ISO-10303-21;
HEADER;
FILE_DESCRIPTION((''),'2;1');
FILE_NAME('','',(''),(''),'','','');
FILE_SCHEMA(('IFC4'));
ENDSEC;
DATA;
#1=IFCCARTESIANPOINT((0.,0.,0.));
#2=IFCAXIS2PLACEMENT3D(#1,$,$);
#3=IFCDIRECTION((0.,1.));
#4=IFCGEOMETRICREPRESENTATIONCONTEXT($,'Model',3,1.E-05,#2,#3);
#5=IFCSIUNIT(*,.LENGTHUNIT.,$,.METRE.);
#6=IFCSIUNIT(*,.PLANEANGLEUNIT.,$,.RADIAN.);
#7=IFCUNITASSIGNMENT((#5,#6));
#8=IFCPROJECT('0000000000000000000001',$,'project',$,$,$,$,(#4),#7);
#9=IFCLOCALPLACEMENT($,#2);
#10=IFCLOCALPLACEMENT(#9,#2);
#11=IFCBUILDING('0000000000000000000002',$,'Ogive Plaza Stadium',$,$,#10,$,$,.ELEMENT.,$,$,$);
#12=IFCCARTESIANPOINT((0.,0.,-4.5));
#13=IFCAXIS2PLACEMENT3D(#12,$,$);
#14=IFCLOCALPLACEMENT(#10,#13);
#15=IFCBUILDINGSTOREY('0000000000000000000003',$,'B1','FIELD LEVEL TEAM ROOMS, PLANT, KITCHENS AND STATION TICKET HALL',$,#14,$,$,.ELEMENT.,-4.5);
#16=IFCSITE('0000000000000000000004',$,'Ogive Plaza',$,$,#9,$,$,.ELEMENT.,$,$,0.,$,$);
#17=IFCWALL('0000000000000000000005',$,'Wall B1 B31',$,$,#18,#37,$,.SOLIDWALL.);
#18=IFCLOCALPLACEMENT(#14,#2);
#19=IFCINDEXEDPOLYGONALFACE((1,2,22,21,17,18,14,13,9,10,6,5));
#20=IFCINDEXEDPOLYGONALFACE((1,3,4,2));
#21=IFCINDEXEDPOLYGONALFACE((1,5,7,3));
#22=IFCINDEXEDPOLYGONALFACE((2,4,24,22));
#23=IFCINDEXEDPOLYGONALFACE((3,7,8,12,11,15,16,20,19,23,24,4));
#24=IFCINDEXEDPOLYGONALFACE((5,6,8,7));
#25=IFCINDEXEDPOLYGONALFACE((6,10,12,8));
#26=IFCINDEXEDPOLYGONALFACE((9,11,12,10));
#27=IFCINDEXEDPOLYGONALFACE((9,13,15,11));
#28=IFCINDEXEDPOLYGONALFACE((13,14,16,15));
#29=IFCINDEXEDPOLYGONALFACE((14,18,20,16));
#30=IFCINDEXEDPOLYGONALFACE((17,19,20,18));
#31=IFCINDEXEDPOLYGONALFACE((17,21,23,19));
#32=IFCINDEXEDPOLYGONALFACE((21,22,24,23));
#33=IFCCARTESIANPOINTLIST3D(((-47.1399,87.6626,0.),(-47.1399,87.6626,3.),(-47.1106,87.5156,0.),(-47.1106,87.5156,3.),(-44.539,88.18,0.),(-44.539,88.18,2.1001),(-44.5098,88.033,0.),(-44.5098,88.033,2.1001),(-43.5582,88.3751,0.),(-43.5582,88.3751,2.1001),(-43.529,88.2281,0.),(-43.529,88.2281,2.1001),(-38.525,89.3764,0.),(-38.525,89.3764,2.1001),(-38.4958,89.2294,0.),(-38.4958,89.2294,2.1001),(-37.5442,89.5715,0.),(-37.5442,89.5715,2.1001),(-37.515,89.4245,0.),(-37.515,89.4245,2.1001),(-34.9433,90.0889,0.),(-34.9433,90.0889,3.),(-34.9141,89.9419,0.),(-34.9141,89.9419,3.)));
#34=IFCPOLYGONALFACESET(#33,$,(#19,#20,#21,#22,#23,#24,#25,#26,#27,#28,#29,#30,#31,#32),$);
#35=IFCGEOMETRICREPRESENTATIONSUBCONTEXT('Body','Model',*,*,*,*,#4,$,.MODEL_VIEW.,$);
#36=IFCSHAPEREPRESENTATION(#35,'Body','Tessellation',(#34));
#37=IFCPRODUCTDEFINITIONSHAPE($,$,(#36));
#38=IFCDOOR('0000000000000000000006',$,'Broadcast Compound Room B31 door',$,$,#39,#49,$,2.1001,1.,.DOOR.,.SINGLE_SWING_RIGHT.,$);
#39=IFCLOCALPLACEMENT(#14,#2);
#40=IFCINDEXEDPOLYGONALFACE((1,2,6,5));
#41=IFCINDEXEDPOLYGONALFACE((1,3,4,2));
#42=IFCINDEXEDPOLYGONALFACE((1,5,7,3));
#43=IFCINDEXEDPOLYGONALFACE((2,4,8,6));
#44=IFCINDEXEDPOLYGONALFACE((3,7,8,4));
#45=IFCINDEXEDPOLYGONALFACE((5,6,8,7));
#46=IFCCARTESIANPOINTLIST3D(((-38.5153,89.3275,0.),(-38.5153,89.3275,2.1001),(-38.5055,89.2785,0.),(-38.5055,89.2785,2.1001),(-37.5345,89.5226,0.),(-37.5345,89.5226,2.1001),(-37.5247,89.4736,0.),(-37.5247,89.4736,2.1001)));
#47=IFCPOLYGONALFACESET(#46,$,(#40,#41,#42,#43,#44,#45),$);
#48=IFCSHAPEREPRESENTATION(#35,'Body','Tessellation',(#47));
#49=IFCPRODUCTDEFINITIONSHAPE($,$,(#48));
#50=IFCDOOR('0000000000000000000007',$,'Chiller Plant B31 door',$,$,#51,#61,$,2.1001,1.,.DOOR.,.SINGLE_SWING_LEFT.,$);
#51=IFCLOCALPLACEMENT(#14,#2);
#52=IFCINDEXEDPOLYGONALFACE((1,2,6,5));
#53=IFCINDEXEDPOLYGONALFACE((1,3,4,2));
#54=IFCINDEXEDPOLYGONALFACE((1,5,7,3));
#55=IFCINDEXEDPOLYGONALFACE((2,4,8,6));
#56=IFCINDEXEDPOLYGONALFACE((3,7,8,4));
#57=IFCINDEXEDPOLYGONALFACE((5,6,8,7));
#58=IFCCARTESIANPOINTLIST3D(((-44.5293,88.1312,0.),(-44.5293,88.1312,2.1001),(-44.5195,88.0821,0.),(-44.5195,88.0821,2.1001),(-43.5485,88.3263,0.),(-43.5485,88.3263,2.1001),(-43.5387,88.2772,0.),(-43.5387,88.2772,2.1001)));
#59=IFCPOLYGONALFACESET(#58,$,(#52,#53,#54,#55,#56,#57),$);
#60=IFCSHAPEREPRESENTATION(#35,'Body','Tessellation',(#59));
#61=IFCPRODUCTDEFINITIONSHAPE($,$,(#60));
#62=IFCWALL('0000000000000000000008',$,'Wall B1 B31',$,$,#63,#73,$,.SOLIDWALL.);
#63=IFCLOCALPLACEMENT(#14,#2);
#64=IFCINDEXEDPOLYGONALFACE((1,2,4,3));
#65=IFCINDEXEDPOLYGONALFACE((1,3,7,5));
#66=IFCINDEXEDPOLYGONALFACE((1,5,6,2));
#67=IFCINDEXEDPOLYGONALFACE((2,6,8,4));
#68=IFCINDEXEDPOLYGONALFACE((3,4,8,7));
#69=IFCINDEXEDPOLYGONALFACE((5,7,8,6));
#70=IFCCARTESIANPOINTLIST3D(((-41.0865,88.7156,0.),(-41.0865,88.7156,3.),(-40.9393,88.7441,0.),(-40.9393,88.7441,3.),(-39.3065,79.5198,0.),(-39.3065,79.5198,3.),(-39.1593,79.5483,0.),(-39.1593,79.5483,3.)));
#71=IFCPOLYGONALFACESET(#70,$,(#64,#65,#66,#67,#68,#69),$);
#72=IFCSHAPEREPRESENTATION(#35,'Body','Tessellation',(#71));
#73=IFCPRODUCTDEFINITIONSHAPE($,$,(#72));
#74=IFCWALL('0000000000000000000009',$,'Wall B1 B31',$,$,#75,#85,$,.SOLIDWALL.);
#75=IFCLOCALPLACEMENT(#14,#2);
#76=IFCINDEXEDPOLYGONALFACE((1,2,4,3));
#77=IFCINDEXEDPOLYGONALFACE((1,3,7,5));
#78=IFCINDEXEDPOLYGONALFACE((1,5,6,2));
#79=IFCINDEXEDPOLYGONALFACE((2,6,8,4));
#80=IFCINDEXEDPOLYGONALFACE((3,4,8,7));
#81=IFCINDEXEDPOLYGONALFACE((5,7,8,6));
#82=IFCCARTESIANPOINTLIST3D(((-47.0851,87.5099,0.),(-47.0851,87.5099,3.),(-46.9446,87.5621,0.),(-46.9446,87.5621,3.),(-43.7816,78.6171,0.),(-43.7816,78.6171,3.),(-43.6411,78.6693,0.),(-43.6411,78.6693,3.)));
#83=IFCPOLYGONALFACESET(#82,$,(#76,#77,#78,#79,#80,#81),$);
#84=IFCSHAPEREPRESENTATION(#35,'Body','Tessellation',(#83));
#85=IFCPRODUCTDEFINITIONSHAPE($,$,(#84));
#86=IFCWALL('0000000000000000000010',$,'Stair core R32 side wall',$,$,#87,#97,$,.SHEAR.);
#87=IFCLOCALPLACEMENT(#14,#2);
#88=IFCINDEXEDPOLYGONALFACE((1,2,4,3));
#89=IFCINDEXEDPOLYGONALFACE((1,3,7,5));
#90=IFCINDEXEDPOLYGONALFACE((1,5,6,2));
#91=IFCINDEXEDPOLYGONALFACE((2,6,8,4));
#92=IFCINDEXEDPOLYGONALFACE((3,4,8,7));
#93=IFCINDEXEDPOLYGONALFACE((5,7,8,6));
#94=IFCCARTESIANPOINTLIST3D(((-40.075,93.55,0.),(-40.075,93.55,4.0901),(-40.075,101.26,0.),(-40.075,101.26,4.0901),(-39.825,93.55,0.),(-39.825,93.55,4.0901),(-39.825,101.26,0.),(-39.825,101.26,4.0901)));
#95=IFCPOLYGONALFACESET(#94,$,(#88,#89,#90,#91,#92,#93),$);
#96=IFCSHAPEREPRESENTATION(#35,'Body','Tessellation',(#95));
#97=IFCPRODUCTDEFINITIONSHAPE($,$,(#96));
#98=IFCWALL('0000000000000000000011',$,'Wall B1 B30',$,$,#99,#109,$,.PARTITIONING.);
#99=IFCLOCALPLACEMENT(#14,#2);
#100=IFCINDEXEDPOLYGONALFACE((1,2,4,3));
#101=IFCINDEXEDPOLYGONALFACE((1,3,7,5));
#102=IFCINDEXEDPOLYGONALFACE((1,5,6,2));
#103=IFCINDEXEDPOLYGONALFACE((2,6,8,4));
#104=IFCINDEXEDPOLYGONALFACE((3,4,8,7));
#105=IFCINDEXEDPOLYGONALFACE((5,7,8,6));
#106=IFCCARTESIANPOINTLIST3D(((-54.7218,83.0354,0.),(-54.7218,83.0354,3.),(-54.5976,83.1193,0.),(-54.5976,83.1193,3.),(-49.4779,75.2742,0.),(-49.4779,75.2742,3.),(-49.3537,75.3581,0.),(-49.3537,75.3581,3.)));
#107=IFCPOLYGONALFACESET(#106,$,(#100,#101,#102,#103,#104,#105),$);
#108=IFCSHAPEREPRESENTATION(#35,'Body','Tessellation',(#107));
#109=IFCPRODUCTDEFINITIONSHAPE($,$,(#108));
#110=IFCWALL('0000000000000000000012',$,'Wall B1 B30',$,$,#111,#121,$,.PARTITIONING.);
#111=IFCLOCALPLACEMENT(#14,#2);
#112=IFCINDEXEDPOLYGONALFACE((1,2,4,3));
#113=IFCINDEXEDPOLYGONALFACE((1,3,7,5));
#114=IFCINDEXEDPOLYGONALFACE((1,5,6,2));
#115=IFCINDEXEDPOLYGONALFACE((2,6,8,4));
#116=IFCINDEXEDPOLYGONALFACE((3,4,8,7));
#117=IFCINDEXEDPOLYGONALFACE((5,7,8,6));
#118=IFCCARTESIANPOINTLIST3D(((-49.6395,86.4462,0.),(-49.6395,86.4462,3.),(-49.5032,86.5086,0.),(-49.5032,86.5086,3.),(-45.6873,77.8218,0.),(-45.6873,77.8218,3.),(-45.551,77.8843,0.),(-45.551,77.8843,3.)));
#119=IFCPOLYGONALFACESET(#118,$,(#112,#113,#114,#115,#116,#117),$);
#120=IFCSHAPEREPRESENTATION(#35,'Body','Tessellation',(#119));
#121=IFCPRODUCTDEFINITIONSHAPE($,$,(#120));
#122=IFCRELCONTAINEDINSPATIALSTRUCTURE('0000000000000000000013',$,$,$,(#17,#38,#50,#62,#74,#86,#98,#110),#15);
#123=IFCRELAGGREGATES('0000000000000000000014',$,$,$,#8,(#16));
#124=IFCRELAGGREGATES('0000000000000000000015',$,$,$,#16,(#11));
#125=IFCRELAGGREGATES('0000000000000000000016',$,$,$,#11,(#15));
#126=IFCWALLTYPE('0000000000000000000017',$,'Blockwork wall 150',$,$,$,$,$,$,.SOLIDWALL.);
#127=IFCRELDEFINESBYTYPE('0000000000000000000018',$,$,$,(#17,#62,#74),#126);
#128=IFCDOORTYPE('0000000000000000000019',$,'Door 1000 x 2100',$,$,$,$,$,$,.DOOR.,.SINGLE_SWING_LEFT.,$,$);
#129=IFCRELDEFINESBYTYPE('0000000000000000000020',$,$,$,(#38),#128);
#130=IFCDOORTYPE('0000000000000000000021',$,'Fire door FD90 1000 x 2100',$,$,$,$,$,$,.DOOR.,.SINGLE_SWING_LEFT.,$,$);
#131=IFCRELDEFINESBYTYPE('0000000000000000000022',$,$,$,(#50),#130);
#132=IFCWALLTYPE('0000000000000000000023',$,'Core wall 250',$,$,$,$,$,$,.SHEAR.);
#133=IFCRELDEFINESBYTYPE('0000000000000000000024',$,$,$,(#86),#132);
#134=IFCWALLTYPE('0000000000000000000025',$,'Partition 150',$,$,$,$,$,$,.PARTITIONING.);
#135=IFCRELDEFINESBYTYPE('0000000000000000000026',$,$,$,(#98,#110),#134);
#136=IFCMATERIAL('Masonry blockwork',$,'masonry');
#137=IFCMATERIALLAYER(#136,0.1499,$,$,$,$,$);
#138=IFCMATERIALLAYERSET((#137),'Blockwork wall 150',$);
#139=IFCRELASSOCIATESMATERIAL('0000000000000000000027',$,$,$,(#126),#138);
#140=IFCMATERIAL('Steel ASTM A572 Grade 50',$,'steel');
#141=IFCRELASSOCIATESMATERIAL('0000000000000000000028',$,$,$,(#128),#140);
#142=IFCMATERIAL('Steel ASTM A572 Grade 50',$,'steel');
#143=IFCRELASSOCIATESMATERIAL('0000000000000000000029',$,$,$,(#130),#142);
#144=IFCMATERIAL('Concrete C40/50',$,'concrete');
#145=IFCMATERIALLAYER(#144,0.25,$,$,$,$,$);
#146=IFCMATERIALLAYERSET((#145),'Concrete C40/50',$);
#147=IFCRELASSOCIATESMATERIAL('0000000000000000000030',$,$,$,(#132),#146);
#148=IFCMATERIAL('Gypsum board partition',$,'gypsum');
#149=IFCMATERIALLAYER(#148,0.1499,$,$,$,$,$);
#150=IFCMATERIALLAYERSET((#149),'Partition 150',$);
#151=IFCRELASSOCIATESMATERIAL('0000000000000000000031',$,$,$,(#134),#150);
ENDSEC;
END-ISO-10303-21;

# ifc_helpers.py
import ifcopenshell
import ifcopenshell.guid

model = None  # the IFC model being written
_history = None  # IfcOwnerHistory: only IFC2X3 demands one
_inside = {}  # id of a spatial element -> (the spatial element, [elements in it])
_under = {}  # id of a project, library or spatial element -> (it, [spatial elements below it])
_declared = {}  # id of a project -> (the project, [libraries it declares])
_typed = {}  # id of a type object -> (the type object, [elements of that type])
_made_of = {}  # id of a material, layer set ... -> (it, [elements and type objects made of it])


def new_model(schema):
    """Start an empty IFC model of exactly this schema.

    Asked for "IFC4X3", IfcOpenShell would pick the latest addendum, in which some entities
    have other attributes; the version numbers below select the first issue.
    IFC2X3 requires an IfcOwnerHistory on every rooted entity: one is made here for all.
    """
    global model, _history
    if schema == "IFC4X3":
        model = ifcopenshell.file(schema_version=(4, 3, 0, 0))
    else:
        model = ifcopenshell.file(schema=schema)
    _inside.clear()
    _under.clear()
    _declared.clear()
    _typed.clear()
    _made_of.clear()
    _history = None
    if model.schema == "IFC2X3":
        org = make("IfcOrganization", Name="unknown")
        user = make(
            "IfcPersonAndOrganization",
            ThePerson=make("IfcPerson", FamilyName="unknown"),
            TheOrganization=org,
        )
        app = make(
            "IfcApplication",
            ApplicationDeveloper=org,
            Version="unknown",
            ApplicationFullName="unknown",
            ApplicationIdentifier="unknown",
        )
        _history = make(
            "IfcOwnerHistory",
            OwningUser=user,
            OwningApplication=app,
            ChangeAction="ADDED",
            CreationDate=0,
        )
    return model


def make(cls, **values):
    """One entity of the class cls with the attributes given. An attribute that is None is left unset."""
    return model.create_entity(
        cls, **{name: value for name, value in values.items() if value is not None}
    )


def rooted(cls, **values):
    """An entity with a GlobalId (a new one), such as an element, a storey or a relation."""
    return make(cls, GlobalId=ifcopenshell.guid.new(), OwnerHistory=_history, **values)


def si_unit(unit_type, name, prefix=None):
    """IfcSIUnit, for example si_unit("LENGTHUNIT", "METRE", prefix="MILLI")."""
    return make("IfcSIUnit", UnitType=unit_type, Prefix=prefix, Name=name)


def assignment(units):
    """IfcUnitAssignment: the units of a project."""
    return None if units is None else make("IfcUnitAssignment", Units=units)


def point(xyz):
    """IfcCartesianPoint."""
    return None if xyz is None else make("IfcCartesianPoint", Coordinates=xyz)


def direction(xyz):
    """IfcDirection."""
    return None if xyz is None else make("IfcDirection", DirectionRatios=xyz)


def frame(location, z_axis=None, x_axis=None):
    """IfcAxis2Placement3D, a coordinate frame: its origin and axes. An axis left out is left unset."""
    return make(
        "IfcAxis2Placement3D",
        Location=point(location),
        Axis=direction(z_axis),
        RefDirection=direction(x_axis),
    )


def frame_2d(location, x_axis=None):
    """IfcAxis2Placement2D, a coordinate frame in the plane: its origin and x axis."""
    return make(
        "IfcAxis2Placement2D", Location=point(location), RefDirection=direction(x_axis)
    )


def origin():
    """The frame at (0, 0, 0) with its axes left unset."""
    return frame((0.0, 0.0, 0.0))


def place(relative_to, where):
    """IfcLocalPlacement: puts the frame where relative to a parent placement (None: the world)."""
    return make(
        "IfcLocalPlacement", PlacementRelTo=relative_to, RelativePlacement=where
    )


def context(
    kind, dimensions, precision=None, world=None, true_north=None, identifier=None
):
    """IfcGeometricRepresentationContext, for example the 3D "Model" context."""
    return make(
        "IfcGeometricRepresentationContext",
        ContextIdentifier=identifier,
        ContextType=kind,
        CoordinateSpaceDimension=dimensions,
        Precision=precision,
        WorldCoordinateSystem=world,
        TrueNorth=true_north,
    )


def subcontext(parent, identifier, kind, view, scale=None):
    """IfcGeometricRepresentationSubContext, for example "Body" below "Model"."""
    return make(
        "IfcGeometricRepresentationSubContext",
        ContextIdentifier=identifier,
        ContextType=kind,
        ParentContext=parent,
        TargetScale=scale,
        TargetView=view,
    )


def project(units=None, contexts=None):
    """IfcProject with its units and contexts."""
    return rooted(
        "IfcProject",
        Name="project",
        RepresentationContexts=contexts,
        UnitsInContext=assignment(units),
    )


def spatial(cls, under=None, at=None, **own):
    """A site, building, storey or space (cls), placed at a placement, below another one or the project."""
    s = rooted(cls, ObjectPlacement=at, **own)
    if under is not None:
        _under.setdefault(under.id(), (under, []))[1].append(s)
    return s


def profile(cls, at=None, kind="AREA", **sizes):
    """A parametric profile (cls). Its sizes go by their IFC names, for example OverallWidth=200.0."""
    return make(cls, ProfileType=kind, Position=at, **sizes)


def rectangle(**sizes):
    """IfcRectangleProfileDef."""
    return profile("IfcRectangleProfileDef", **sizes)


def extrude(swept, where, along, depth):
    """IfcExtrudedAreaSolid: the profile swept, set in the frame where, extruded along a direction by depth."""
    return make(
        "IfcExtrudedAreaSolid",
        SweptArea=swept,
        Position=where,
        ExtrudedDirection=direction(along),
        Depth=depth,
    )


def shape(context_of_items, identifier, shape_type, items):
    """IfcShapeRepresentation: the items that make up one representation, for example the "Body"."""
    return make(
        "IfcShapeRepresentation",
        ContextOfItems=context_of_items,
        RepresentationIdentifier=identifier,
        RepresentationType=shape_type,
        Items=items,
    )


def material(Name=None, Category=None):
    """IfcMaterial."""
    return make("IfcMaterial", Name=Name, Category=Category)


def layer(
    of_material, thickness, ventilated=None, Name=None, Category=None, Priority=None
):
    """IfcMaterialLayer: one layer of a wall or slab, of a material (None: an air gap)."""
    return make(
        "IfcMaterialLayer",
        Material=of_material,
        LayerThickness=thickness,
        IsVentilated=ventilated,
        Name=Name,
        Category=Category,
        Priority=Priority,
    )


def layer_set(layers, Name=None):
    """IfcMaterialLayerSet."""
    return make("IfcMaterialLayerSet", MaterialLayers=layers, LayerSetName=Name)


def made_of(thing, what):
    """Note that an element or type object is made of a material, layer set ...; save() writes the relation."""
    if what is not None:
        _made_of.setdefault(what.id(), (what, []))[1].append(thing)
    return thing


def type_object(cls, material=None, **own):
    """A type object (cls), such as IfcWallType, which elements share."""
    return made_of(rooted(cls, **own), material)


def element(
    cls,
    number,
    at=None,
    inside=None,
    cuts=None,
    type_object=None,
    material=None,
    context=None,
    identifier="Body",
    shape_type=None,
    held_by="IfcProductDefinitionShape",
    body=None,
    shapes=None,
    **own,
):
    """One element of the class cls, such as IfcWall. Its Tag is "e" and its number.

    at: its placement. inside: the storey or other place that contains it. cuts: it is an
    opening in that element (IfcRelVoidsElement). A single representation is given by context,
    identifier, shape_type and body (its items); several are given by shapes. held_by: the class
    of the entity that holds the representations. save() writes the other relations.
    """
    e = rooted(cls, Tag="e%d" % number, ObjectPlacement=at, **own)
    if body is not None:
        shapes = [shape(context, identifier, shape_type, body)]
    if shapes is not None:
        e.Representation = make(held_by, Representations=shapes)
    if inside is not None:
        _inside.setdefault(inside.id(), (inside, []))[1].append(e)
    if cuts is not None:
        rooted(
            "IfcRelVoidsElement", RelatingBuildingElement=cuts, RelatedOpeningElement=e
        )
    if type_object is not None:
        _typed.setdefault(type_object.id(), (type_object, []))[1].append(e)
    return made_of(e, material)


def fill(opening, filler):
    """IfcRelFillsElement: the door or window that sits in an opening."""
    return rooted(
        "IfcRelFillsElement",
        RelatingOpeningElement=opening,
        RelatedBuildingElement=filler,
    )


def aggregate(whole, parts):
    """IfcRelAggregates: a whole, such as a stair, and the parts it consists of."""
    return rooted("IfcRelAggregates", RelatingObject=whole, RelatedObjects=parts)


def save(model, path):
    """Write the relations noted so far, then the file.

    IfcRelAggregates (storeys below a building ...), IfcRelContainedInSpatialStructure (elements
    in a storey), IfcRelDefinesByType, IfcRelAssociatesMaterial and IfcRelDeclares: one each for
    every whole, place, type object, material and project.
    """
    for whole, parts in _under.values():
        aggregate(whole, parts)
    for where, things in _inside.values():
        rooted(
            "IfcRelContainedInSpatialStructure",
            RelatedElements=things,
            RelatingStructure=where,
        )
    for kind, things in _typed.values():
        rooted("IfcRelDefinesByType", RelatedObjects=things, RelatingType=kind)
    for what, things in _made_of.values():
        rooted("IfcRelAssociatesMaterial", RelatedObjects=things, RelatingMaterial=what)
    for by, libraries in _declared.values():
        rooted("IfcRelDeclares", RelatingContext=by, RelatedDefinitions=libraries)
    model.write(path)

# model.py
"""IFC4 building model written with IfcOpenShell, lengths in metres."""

from ifc_helpers import new_model, si_unit, direction, frame, frame_2d, origin, place, context, subcontext, project, spatial, rectangle, extrude, material, layer, layer_set, type_object, element, fill, save


model = new_model("IFC4")

# Units and contexts
model_context = context("Model", 3, precision=1e-05, world=origin(), true_north=direction((0.0, 1.0)))
body_context = subcontext(model_context, "Body", "Model", "MODEL_VIEW")
ifc_project = project(units=[si_unit("LENGTHUNIT", "METRE"), si_unit("PLANEANGLEUNIT", "RADIAN")], contexts=[model_context])

# Site, building, storey
site_placement = place(None, origin())
site = spatial("IfcSite", under=ifc_project, at=site_placement, Name="Ogive Plaza", CompositionType="ELEMENT", RefElevation=0.0)
building_placement = place(site_placement, origin())
building = spatial("IfcBuilding", under=site, at=building_placement, Name="Ogive Plaza Stadium", CompositionType="ELEMENT")
storey_placement = place(building_placement, frame((0.0, 0.0, -4.5)))
storey = spatial("IfcBuildingStorey", under=building, at=storey_placement, Name="B1", Description="FIELD LEVEL TEAM ROOMS, PLANT, KITCHENS AND STATION TICKET HALL", CompositionType="ELEMENT", Elevation=-4.5)

# Wall, openings, doors
ifc_material_1 = material(Name="Masonry blockwork", Category="masonry")
ifc_layer_1 = layer(ifc_material_1, 0.1499)
ifc_layer_set_1 = layer_set([ifc_layer_1], Name="Blockwork wall 150")
wall_type_1 = type_object("IfcWallType", Name="Blockwork wall 150", PredefinedType="SOLIDWALL", material=ifc_layer_set_1)
wall_1_placement = place(storey_placement, frame((-34.9287, 90.0154, 0.0), z_axis=(0.0, 0.0, 1.0), x_axis=(-0.980782, -0.195108, 0.0)))
wall_1 = element("IfcWall", 1, at=wall_1_placement, inside=storey, type_object=wall_type_1, Name="Wall B1 B31", PredefinedType="SOLIDWALL", context=body_context, shape_type="SweptSolid", body=[
    extrude(rectangle(XDim=12.4355, YDim=0.1499, at=frame_2d((6.2178, 0.0))), origin(), (0.0, 0.0, 1.0), 3.0),
])
opening_1_placement = place(wall_1_placement, frame((2.6519, 0.0, 0.0)))
opening_1 = element("IfcOpeningElement", 2, at=opening_1_placement, cuts=wall_1, PredefinedType="OPENING", context=body_context, shape_type="SweptSolid", body=[
    extrude(rectangle(XDim=1.0, YDim=2.1001, at=frame_2d((0.5, 1.05))), frame((0.0, 0.075, 0.0), z_axis=(0.0, -1.0, 0.0), x_axis=(1.0, 0.0, 0.0)), (0.0, 0.0, 1.0), 0.1499),
])
opening_2_placement = place(wall_1_placement, frame((8.7837, 0.0, 0.0)))
opening_2 = element("IfcOpeningElement", 3, at=opening_2_placement, cuts=wall_1, PredefinedType="OPENING", context=body_context, shape_type="SweptSolid", body=[
    extrude(rectangle(XDim=1.0, YDim=2.1001, at=frame_2d((0.5, 1.05))), frame((0.0, 0.075, 0.0), z_axis=(0.0, -1.0, 0.0), x_axis=(1.0, 0.0, 0.0)), (0.0, 0.0, 1.0), 0.1499),
])
ifc_material_2 = material(Name="Steel ASTM A572 Grade 50", Category="steel")
door_type_1 = type_object("IfcDoorType", Name="Door 1000 x 2100", OperationType="SINGLE_SWING_LEFT", PredefinedType="DOOR", material=ifc_material_2)
door_1_placement = place(opening_1_placement, origin())
door_1 = element("IfcDoor", 4, at=door_1_placement, inside=storey, type_object=door_type_1, Name="Broadcast Compound Room B31 door", OperationType="SINGLE_SWING_RIGHT", OverallHeight=2.1001, OverallWidth=1.0, PredefinedType="DOOR", context=body_context, shape_type="SweptSolid", body=[
    extrude(rectangle(XDim=1.0, YDim=2.1001, at=frame_2d((0.5, 1.05))), frame((0.0, 0.0249, 0.0), z_axis=(0.0, -1.0, 0.0), x_axis=(1.0, 0.0, 0.0)), (0.0, 0.0, 1.0), 0.05),
])
fill(opening_1, door_1)
ifc_material_3 = material(Name="Steel ASTM A572 Grade 50", Category="steel")
door_type_2 = type_object("IfcDoorType", Name="Fire door FD90 1000 x 2100", OperationType="SINGLE_SWING_LEFT", PredefinedType="DOOR", material=ifc_material_3)
door_2_placement = place(opening_2_placement, origin())
door_2 = element("IfcDoor", 5, at=door_2_placement, inside=storey, type_object=door_type_2, Name="Chiller Plant B31 door", OperationType="SINGLE_SWING_LEFT", OverallHeight=2.1001, OverallWidth=1.0, PredefinedType="DOOR", context=body_context, shape_type="SweptSolid", body=[
    extrude(rectangle(XDim=1.0, YDim=2.1001, at=frame_2d((0.5, 1.05))), frame((0.0, 0.0249, 0.0), z_axis=(0.0, -1.0, 0.0), x_axis=(1.0, 0.0, 0.0)), (0.0, 0.0, 1.0), 0.05),
])
fill(opening_2, door_2)

# Walls
wall_2_placement = place(storey_placement, frame((-39.2329, 79.5342, 0.0), z_axis=(0.0, 0.0, 1.0), x_axis=(-0.190042, 0.981776, 0.0)))
element("IfcWall", 6, at=wall_2_placement, inside=storey, type_object=wall_type_1, Name="Wall B1 B31", PredefinedType="SOLIDWALL", context=body_context, shape_type="SweptSolid", body=[
    extrude(rectangle(XDim=9.3665, YDim=0.1499, at=frame_2d((4.6831, 0.0))), origin(), (0.0, 0.0, 1.0), 3.0),
])
wall_3_placement = place(storey_placement, frame((-43.7114, 78.6433, 0.0), z_axis=(0.0, 0.0, 1.0), x_axis=(-0.348225, 0.937411, 0.0)))
element("IfcWall", 7, at=wall_3_placement, inside=storey, type_object=wall_type_1, Name="Wall B1 B31", PredefinedType="SOLIDWALL", context=body_context, shape_type="SweptSolid", body=[
    extrude(rectangle(XDim=9.4866, YDim=0.1499, at=frame_2d((4.7432, 0.0))), origin(), (0.0, 0.0, 1.0), 3.0),
])
ifc_material_4 = material(Name="Concrete C40/50", Category="concrete")
ifc_layer_2 = layer(ifc_material_4, 0.25)
ifc_layer_set_2 = layer_set([ifc_layer_2], Name="Concrete C40/50")
wall_type_2 = type_object("IfcWallType", Name="Core wall 250", PredefinedType="SHEAR", material=ifc_layer_set_2)
wall_4_placement = place(storey_placement, frame((-39.95, 93.55, 0.0), z_axis=(0.0, 0.0, 1.0), x_axis=(0.0, 1.0, 0.0)))
element("IfcWall", 8, at=wall_4_placement, inside=storey, type_object=wall_type_2, Name="Stair core R32 side wall", PredefinedType="SHEAR", context=body_context, shape_type="SweptSolid", body=[
    extrude(rectangle(XDim=7.71, YDim=0.25, at=frame_2d((3.855, 0.0))), origin(), (0.0, 0.0, 1.0), 4.0901),
])
ifc_material_5 = material(Name="Gypsum board partition", Category="gypsum")
ifc_layer_3 = layer(ifc_material_5, 0.1499)
ifc_layer_set_3 = layer_set([ifc_layer_3], Name="Partition 150")
wall_type_3 = type_object("IfcWallType", Name="Partition 150", PredefinedType="PARTITIONING", material=ifc_layer_set_3)
wall_5_placement = place(storey_placement, frame((-49.4158, 75.3162, 0.0), z_axis=(0.0, 0.0, 1.0), x_axis=(-0.559844, 0.828598, 0.0)))
element("IfcWall", 9, at=wall_5_placement, inside=storey, type_object=wall_type_3, Name="Wall B1 B30", PredefinedType="PARTITIONING", context=body_context, shape_type="SweptSolid", body=[
    extrude(rectangle(XDim=9.3667, YDim=0.1499, at=frame_2d((4.6833, 0.0))), origin(), (0.0, 0.0, 1.0), 3.0),
])
wall_6_placement = place(storey_placement, frame((-45.6191, 77.853, 0.0), z_axis=(0.0, 0.0, 1.0), x_axis=(-0.416599, 0.90909, 0.0)))
element("IfcWall", 10, at=wall_6_placement, inside=storey, type_object=wall_type_3, Name="Wall B1 B30", PredefinedType="PARTITIONING", context=body_context, shape_type="SweptSolid", body=[
    extrude(rectangle(XDim=9.4868, YDim=0.1499, at=frame_2d((4.7434, 0.0))), origin(), (0.0, 0.0, 1.0), 3.0),
])

save(model, "model.ifc")
